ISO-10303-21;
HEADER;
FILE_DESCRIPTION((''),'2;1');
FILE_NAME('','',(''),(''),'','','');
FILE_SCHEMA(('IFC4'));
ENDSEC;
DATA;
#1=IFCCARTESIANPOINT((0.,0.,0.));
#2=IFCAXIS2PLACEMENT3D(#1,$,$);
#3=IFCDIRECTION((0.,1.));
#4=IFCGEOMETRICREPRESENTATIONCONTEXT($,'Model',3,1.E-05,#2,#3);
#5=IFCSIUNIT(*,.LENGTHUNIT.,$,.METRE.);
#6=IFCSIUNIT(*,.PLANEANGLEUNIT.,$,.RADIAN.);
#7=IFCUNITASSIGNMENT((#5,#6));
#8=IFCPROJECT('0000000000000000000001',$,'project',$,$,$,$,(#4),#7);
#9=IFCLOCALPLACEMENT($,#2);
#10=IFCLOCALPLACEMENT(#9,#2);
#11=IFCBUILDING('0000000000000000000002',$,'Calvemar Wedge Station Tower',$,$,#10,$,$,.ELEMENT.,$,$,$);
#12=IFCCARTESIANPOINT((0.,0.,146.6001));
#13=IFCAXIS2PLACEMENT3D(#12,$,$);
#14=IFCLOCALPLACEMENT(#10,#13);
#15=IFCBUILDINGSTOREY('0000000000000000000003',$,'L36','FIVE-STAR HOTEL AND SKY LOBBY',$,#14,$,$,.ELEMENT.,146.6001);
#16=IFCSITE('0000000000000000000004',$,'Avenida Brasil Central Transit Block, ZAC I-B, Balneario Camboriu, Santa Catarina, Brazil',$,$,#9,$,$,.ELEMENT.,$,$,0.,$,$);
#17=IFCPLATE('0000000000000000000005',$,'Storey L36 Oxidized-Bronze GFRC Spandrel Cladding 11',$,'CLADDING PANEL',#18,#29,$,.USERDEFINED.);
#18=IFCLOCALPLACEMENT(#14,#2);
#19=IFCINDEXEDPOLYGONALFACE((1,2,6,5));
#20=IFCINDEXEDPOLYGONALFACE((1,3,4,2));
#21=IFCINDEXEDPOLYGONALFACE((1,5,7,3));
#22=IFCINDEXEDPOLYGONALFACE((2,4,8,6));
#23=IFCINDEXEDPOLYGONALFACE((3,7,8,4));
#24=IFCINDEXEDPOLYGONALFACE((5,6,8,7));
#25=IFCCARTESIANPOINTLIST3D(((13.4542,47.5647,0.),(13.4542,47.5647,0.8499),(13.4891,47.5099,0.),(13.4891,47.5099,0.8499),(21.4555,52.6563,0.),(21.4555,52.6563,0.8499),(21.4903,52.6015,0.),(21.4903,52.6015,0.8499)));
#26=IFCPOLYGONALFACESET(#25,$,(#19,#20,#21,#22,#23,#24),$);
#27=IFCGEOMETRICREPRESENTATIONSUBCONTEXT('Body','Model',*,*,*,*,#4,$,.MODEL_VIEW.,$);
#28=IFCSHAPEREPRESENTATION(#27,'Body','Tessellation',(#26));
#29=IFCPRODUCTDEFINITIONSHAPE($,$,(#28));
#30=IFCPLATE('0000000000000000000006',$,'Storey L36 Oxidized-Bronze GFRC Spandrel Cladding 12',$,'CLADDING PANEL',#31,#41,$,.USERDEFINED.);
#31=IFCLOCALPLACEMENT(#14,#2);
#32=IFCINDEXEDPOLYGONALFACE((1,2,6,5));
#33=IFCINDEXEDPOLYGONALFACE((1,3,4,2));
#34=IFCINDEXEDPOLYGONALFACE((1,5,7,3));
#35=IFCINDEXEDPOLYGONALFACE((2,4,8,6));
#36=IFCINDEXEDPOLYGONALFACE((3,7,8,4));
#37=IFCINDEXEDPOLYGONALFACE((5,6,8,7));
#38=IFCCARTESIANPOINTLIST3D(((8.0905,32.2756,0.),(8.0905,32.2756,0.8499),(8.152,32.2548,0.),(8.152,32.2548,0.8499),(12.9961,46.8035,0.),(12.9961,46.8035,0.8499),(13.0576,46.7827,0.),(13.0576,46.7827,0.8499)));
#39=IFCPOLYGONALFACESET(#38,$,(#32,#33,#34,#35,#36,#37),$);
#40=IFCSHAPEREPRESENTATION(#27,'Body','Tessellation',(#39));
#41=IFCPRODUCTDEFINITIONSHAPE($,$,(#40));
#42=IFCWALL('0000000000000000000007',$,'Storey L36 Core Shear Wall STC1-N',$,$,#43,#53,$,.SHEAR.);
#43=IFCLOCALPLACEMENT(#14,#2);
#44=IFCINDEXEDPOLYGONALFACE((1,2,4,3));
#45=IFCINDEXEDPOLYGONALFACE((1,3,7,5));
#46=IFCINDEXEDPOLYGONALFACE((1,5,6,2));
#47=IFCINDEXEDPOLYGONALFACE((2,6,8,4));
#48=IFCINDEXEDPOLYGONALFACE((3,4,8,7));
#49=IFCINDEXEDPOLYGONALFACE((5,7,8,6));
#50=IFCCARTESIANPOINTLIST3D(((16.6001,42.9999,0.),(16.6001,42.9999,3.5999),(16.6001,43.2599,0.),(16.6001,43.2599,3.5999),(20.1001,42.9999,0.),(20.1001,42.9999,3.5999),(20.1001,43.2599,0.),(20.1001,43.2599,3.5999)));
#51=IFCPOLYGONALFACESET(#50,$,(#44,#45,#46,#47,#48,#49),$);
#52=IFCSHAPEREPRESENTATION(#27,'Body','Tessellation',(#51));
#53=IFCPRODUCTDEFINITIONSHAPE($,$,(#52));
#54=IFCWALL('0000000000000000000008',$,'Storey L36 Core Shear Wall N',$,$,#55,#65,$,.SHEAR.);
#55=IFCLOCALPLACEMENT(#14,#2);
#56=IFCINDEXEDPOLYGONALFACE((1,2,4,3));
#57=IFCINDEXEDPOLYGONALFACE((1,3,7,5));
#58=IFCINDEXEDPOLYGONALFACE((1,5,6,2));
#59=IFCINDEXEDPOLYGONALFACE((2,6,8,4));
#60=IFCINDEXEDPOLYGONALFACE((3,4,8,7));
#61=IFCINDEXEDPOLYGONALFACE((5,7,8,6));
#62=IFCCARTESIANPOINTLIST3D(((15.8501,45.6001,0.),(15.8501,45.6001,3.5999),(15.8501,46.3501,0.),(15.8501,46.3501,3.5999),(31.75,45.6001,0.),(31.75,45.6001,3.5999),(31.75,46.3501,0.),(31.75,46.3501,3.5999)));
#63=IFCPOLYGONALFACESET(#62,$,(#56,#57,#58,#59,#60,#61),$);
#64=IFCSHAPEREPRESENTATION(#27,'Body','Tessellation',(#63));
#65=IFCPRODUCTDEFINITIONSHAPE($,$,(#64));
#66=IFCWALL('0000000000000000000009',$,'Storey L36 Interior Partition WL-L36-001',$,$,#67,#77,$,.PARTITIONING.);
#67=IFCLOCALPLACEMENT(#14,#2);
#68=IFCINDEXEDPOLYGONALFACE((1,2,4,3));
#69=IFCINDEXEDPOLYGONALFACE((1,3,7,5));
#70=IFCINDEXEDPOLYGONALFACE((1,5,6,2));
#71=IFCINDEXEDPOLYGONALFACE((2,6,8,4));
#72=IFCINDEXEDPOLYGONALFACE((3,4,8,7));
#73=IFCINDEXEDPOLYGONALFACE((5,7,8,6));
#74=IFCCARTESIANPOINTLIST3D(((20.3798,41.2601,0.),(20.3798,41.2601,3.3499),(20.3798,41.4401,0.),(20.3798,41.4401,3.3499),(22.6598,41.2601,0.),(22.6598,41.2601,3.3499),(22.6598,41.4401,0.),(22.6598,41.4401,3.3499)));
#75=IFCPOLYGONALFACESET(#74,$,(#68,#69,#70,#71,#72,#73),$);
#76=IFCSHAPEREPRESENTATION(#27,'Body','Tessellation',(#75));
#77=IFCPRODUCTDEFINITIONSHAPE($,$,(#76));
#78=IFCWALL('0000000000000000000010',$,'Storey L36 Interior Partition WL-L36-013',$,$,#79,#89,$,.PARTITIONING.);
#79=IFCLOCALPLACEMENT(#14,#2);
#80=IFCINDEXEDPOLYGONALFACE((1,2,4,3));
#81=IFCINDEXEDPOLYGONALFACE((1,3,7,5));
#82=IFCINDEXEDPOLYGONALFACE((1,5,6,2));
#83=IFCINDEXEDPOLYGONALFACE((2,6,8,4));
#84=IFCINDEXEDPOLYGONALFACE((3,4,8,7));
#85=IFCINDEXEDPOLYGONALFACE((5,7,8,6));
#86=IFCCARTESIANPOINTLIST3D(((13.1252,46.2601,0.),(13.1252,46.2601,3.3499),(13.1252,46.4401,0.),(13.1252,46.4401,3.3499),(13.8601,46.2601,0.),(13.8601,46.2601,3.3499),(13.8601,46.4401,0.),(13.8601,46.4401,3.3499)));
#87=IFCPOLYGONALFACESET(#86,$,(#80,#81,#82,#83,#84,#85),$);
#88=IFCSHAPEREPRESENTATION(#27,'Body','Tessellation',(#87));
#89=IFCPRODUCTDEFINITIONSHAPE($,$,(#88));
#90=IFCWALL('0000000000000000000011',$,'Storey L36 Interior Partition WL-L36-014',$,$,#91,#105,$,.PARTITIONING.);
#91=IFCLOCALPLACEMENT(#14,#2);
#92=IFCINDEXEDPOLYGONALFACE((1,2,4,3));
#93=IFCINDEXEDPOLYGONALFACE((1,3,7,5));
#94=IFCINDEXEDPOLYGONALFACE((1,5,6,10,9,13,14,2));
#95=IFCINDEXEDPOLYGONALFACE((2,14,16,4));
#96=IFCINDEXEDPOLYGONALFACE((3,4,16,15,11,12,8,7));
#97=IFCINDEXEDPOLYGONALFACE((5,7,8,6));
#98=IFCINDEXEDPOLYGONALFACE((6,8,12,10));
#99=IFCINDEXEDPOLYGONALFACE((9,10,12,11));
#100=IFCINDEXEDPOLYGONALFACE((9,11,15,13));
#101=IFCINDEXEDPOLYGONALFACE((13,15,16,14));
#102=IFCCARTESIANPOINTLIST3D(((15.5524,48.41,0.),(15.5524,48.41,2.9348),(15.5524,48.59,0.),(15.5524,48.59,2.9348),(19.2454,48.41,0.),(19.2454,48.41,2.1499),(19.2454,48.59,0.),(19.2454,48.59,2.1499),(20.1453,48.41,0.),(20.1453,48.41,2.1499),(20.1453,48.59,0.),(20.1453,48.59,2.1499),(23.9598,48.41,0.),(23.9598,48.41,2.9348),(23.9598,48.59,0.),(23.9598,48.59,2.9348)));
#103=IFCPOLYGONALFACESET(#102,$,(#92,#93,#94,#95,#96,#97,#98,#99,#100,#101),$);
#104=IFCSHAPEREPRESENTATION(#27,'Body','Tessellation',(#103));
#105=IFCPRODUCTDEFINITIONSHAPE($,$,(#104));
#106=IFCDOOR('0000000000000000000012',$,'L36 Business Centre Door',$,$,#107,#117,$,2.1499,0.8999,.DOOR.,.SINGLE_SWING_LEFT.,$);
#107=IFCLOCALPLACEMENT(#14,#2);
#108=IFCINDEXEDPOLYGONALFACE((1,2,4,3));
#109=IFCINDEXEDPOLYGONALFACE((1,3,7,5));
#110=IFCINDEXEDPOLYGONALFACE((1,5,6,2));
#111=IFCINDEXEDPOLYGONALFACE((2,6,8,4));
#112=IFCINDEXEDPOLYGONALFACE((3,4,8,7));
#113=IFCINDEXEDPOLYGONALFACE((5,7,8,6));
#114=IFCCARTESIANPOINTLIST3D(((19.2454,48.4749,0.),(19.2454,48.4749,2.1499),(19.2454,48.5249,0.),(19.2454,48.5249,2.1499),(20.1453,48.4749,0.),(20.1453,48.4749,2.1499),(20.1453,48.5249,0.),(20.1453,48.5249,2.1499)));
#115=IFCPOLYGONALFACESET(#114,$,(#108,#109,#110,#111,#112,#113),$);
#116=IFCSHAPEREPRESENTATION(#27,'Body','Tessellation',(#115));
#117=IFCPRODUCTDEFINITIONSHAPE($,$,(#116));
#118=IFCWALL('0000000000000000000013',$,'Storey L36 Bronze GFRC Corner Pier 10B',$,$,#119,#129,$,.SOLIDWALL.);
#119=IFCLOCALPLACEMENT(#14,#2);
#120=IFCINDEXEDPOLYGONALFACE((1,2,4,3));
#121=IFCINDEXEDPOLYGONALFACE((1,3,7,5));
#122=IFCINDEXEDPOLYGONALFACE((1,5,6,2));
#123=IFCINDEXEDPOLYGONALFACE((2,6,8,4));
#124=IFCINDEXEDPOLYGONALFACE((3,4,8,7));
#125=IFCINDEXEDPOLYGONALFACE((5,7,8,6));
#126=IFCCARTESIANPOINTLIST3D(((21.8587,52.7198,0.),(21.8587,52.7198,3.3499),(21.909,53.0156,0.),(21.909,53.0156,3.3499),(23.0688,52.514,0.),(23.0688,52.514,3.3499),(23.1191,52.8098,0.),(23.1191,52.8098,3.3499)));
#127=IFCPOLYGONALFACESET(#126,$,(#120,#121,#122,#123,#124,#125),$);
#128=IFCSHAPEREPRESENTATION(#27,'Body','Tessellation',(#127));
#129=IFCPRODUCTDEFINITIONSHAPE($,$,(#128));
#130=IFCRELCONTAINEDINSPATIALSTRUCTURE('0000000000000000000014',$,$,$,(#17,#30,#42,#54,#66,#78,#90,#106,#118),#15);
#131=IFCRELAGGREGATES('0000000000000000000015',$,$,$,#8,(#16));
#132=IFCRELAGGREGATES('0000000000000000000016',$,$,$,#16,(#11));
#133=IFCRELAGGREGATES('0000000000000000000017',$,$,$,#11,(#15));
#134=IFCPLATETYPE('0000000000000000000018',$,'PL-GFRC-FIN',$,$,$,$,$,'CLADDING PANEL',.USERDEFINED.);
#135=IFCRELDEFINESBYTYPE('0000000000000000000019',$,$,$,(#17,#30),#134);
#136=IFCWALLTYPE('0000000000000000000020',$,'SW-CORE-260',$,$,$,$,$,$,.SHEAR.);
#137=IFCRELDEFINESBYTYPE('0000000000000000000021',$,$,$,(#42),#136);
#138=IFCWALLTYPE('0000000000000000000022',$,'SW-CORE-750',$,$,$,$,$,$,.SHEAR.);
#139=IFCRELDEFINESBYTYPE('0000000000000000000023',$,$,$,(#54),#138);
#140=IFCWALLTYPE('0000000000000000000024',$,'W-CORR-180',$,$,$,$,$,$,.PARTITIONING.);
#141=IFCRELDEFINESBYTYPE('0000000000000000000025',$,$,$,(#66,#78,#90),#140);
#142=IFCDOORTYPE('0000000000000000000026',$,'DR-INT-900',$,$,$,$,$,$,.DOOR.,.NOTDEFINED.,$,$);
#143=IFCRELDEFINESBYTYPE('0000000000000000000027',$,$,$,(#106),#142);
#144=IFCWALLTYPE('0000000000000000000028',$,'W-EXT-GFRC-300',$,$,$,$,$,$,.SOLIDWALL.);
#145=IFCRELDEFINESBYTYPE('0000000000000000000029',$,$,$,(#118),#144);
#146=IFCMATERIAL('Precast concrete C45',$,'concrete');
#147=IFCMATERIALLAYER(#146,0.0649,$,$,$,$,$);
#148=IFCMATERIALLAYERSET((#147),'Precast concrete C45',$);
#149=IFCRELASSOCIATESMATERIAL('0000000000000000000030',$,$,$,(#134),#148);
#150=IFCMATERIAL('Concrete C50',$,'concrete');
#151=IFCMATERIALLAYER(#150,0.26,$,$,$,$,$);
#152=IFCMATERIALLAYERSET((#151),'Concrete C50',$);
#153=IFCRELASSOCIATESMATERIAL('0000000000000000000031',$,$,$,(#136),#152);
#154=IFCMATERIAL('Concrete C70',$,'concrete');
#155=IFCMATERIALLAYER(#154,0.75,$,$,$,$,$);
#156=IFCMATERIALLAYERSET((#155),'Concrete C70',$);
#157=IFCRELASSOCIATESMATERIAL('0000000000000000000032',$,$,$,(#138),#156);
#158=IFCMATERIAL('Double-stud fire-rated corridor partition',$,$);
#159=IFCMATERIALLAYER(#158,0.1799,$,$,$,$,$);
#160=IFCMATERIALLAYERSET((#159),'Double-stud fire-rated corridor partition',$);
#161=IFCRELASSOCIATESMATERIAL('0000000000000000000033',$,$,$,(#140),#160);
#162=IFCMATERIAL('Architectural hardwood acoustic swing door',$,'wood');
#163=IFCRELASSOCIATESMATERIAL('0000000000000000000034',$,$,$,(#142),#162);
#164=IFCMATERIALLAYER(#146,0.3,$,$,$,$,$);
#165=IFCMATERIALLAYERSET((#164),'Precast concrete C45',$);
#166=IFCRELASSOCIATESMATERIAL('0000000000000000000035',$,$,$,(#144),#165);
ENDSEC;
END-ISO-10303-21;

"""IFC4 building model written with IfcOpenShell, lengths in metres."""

from ifc_helpers import new_model, si_unit, direction, frame, frame_2d, origin, place, context, subcontext, project, spatial, rectangle, extrude, source, transform, mapped, material, layer, layer_set, type_object, element, fill, save


model = new_model("IFC4")

# Units and contexts
model_context = context("Model", 3, precision=1e-05, world=origin(), true_north=direction((0.0, 1.0)))
body_context = subcontext(model_context, "Body", "Model", "MODEL_VIEW")
ifc_project = project(units=[si_unit("LENGTHUNIT", "METRE"), si_unit("PLANEANGLEUNIT", "RADIAN")], contexts=[model_context])

# Site, building, storey
site_placement = place(None, origin())
site = spatial("IfcSite", under=ifc_project, at=site_placement, Name="Avenida Brasil Central Transit Block, ZAC I-B, Balneario Camboriu, Santa Catarina, Brazil", CompositionType="ELEMENT", RefElevation=0.0)
building_placement = place(site_placement, origin())
building = spatial("IfcBuilding", under=site, at=building_placement, Name="Calvemar Wedge Station Tower", CompositionType="ELEMENT")
storey_placement = place(building_placement, frame((0.0, 0.0, 146.6001)))
storey = spatial("IfcBuildingStorey", under=building, at=storey_placement, Name="L36", Description="FIVE-STAR HOTEL AND SKY LOBBY", CompositionType="ELEMENT", Elevation=146.6001)

# Plates
ifc_material_1 = material(Name="Precast concrete C45", Category="concrete")
ifc_layer_1 = layer(ifc_material_1, 0.0649)
ifc_layer_set_1 = layer_set([ifc_layer_1], Name="Precast concrete C45")
plate_type = type_object("IfcPlateType", Name="PL-GFRC-FIN", ElementType="CLADDING PANEL", PredefinedType="USERDEFINED", material=ifc_layer_set_1)
plate_1_placement = place(storey_placement, frame((21.4729, 52.6289, 0.0), z_axis=(0.0, 0.0, 1.0), x_axis=(-0.843668, -0.536865, 0.0)))
element("IfcPlate", 1, at=plate_1_placement, inside=storey, type_object=plate_type, Name="Storey L36 Oxidized-Bronze GFRC Spandrel Cladding 11", ObjectType="CLADDING PANEL", PredefinedType="USERDEFINED", context=body_context, shape_type="SweptSolid", body=[
    extrude(rectangle(XDim=9.4839, YDim=0.0649, at=frame_2d((4.7419, 0.0))), origin(), (0.0, 0.0, 1.0), 0.8499),
])
plate_2_placement = place(storey_placement, frame((13.0269, 46.7932, 0.0), z_axis=(0.0, 0.0, 1.0), x_axis=(-0.319918, -0.947445, 0.0)))
element("IfcPlate", 2, at=plate_2_placement, inside=storey, type_object=plate_type, Name="Storey L36 Oxidized-Bronze GFRC Spandrel Cladding 12", ObjectType="CLADDING PANEL", PredefinedType="USERDEFINED", context=body_context, shape_type="SweptSolid", body=[
    extrude(rectangle(XDim=15.3337, YDim=0.0649, at=frame_2d((7.667, 0.0))), origin(), (0.0, 0.0, 1.0), 0.8499),
])

# Walls
ifc_material_2 = material(Name="Concrete C50", Category="concrete")
ifc_layer_2 = layer(ifc_material_2, 0.26)
ifc_layer_set_2 = layer_set([ifc_layer_2], Name="Concrete C50")
wall_type_1 = type_object("IfcWallType", Name="SW-CORE-260", PredefinedType="SHEAR", material=ifc_layer_set_2)
wall_1_placement = place(storey_placement, frame((16.6001, 43.1299, 0.0), z_axis=(0.0, 0.0, 1.0), x_axis=(1.0, 0.0, 0.0)))
element("IfcWall", 3, at=wall_1_placement, inside=storey, type_object=wall_type_1, Name="Storey L36 Core Shear Wall STC1-N", PredefinedType="SHEAR", context=body_context, shape_type="SweptSolid", body=[
    extrude(rectangle(XDim=3.5, YDim=0.26, at=frame_2d((1.75, 0.0))), origin(), (0.0, 0.0, 1.0), 3.5999),
])
ifc_material_3 = material(Name="Concrete C70", Category="concrete")
ifc_layer_3 = layer(ifc_material_3, 0.75)
ifc_layer_set_3 = layer_set([ifc_layer_3], Name="Concrete C70")
wall_type_2 = type_object("IfcWallType", Name="SW-CORE-750", PredefinedType="SHEAR", material=ifc_layer_set_3)
wall_2_placement = place(storey_placement, frame((15.8501, 45.9751, 0.0), z_axis=(0.0, 0.0, 1.0), x_axis=(1.0, 0.0, 0.0)))
element("IfcWall", 4, at=wall_2_placement, inside=storey, type_object=wall_type_2, Name="Storey L36 Core Shear Wall N", PredefinedType="SHEAR", context=body_context, shape_type="SweptSolid", body=[
    extrude(rectangle(XDim=15.8999, YDim=0.75, at=frame_2d((7.95, 0.0))), origin(), (0.0, 0.0, 1.0), 3.5999),
])
ifc_material_4 = material(Name="Double-stud fire-rated corridor partition")
ifc_layer_4 = layer(ifc_material_4, 0.1799)
ifc_layer_set_4 = layer_set([ifc_layer_4], Name="Double-stud fire-rated corridor partition")
wall_type_3 = type_object("IfcWallType", Name="W-CORR-180", PredefinedType="PARTITIONING", material=ifc_layer_set_4)
wall_3_placement = place(storey_placement, frame((22.6599, 41.3501, 0.0), z_axis=(0.0, 0.0, 1.0), x_axis=(-1.0, 0.0, 0.0)))
element("IfcWall", 5, at=wall_3_placement, inside=storey, type_object=wall_type_3, Name="Storey L36 Interior Partition WL-L36-001", PredefinedType="PARTITIONING", context=body_context, shape_type="SweptSolid", body=[
    extrude(rectangle(XDim=2.28, YDim=0.1799, at=frame_2d((1.1401, 0.0))), origin(), (0.0, 0.0, 1.0), 3.3499),
])

# Wall
wall_4_placement = place(storey_placement, frame((13.8601, 46.3501, 0.0), z_axis=(0.0, 0.0, 1.0), x_axis=(-1.0, 0.0, 0.0)))
element("IfcWall", 6, at=wall_4_placement, inside=storey, type_object=wall_type_3, Name="Storey L36 Interior Partition WL-L36-013", PredefinedType="PARTITIONING", context=body_context, shape_type="SweptSolid", body=[
    extrude(rectangle(XDim=0.7349, YDim=0.1799, at=frame_2d((0.3674, 0.0))), origin(), (0.0, 0.0, 1.0), 3.3499),
])

# Wall, opening, door
wall_5_placement = place(storey_placement, frame((15.5525, 48.5, 0.0), z_axis=(0.0, 0.0, 1.0), x_axis=(1.0, 0.0, 0.0)))
wall_5 = element("IfcWall", 7, at=wall_5_placement, inside=storey, type_object=wall_type_3, Name="Storey L36 Interior Partition WL-L36-014", PredefinedType="PARTITIONING", context=body_context, shape_type="SweptSolid", body=[
    extrude(rectangle(XDim=8.4075, YDim=0.1799, at=frame_2d((4.2036, 0.0))), origin(), (0.0, 0.0, 1.0), 2.9348),
])
shared_shape_1 = source(origin(), body_context, "Body", "SweptSolid", [
    extrude(rectangle(XDim=0.8999, YDim=2.1499, at=frame_2d((0.45, 1.075))), frame((0.0, 0.1001, 0.0), z_axis=(0.0, -1.0, 0.0), x_axis=(1.0, 0.0, 0.0)), (0.0, 0.0, 1.0), 0.2),
])
opening_1_placement = place(wall_5_placement, frame((3.6929, 0.0, 0.0)))
opening_1 = element("IfcOpeningElement", 8, at=opening_1_placement, cuts=wall_5, PredefinedType="OPENING", context=body_context, shape_type="MappedRepresentation", body=[
    mapped(shared_shape_1, transform((0.0, 0.0, 0.0), scale=1.0)),
])
ifc_material_5 = material(Name="Architectural hardwood acoustic swing door", Category="wood")
door_type_1 = type_object("IfcDoorType", Name="DR-INT-900", OperationType="NOTDEFINED", PredefinedType="DOOR", material=ifc_material_5)
shared_shape_2 = source(origin(), body_context, "Body", "SweptSolid", [
    extrude(rectangle(XDim=0.8999, YDim=2.1499, at=frame_2d((0.45, 1.075))), frame((0.0, 0.0249, 0.0), z_axis=(0.0, -1.0, 0.0), x_axis=(1.0, 0.0, 0.0)), (0.0, 0.0, 1.0), 0.05),
])
door_1_placement = place(opening_1_placement, origin())
door_1 = element("IfcDoor", 9, at=door_1_placement, inside=storey, type_object=door_type_1, Name="L36 Business Centre Door", OperationType="SINGLE_SWING_LEFT", OverallHeight=2.1499, OverallWidth=0.8999, PredefinedType="DOOR", context=body_context, shape_type="MappedRepresentation", body=[
    mapped(shared_shape_2, transform((0.0, 0.0, 0.0), scale=1.0)),
])
fill(opening_1, door_1)

# Wall
ifc_layer_5 = layer(ifc_material_1, 0.3)
ifc_layer_set_5 = layer_set([ifc_layer_5], Name="Precast concrete C45")
wall_type_4 = type_object("IfcWallType", Name="W-EXT-GFRC-300", PredefinedType="SOLIDWALL", material=ifc_layer_set_5)
wall_6_placement = place(storey_placement, frame((23.094, 52.6619, 0.0), z_axis=(0.0, 0.0, 1.0), x_axis=(-0.985846, 0.167655, 0.0)))
element("IfcWall", 10, at=wall_6_placement, inside=storey, type_object=wall_type_4, Name="Storey L36 Bronze GFRC Corner Pier 10B", PredefinedType="SOLIDWALL", context=body_context, shape_type="SweptSolid", body=[
    extrude(rectangle(XDim=1.2275, YDim=0.3, at=frame_2d((0.6138, 0.0))), origin(), (0.0, 0.0, 1.0), 3.3499),
])

save(model, "model.ifc")
